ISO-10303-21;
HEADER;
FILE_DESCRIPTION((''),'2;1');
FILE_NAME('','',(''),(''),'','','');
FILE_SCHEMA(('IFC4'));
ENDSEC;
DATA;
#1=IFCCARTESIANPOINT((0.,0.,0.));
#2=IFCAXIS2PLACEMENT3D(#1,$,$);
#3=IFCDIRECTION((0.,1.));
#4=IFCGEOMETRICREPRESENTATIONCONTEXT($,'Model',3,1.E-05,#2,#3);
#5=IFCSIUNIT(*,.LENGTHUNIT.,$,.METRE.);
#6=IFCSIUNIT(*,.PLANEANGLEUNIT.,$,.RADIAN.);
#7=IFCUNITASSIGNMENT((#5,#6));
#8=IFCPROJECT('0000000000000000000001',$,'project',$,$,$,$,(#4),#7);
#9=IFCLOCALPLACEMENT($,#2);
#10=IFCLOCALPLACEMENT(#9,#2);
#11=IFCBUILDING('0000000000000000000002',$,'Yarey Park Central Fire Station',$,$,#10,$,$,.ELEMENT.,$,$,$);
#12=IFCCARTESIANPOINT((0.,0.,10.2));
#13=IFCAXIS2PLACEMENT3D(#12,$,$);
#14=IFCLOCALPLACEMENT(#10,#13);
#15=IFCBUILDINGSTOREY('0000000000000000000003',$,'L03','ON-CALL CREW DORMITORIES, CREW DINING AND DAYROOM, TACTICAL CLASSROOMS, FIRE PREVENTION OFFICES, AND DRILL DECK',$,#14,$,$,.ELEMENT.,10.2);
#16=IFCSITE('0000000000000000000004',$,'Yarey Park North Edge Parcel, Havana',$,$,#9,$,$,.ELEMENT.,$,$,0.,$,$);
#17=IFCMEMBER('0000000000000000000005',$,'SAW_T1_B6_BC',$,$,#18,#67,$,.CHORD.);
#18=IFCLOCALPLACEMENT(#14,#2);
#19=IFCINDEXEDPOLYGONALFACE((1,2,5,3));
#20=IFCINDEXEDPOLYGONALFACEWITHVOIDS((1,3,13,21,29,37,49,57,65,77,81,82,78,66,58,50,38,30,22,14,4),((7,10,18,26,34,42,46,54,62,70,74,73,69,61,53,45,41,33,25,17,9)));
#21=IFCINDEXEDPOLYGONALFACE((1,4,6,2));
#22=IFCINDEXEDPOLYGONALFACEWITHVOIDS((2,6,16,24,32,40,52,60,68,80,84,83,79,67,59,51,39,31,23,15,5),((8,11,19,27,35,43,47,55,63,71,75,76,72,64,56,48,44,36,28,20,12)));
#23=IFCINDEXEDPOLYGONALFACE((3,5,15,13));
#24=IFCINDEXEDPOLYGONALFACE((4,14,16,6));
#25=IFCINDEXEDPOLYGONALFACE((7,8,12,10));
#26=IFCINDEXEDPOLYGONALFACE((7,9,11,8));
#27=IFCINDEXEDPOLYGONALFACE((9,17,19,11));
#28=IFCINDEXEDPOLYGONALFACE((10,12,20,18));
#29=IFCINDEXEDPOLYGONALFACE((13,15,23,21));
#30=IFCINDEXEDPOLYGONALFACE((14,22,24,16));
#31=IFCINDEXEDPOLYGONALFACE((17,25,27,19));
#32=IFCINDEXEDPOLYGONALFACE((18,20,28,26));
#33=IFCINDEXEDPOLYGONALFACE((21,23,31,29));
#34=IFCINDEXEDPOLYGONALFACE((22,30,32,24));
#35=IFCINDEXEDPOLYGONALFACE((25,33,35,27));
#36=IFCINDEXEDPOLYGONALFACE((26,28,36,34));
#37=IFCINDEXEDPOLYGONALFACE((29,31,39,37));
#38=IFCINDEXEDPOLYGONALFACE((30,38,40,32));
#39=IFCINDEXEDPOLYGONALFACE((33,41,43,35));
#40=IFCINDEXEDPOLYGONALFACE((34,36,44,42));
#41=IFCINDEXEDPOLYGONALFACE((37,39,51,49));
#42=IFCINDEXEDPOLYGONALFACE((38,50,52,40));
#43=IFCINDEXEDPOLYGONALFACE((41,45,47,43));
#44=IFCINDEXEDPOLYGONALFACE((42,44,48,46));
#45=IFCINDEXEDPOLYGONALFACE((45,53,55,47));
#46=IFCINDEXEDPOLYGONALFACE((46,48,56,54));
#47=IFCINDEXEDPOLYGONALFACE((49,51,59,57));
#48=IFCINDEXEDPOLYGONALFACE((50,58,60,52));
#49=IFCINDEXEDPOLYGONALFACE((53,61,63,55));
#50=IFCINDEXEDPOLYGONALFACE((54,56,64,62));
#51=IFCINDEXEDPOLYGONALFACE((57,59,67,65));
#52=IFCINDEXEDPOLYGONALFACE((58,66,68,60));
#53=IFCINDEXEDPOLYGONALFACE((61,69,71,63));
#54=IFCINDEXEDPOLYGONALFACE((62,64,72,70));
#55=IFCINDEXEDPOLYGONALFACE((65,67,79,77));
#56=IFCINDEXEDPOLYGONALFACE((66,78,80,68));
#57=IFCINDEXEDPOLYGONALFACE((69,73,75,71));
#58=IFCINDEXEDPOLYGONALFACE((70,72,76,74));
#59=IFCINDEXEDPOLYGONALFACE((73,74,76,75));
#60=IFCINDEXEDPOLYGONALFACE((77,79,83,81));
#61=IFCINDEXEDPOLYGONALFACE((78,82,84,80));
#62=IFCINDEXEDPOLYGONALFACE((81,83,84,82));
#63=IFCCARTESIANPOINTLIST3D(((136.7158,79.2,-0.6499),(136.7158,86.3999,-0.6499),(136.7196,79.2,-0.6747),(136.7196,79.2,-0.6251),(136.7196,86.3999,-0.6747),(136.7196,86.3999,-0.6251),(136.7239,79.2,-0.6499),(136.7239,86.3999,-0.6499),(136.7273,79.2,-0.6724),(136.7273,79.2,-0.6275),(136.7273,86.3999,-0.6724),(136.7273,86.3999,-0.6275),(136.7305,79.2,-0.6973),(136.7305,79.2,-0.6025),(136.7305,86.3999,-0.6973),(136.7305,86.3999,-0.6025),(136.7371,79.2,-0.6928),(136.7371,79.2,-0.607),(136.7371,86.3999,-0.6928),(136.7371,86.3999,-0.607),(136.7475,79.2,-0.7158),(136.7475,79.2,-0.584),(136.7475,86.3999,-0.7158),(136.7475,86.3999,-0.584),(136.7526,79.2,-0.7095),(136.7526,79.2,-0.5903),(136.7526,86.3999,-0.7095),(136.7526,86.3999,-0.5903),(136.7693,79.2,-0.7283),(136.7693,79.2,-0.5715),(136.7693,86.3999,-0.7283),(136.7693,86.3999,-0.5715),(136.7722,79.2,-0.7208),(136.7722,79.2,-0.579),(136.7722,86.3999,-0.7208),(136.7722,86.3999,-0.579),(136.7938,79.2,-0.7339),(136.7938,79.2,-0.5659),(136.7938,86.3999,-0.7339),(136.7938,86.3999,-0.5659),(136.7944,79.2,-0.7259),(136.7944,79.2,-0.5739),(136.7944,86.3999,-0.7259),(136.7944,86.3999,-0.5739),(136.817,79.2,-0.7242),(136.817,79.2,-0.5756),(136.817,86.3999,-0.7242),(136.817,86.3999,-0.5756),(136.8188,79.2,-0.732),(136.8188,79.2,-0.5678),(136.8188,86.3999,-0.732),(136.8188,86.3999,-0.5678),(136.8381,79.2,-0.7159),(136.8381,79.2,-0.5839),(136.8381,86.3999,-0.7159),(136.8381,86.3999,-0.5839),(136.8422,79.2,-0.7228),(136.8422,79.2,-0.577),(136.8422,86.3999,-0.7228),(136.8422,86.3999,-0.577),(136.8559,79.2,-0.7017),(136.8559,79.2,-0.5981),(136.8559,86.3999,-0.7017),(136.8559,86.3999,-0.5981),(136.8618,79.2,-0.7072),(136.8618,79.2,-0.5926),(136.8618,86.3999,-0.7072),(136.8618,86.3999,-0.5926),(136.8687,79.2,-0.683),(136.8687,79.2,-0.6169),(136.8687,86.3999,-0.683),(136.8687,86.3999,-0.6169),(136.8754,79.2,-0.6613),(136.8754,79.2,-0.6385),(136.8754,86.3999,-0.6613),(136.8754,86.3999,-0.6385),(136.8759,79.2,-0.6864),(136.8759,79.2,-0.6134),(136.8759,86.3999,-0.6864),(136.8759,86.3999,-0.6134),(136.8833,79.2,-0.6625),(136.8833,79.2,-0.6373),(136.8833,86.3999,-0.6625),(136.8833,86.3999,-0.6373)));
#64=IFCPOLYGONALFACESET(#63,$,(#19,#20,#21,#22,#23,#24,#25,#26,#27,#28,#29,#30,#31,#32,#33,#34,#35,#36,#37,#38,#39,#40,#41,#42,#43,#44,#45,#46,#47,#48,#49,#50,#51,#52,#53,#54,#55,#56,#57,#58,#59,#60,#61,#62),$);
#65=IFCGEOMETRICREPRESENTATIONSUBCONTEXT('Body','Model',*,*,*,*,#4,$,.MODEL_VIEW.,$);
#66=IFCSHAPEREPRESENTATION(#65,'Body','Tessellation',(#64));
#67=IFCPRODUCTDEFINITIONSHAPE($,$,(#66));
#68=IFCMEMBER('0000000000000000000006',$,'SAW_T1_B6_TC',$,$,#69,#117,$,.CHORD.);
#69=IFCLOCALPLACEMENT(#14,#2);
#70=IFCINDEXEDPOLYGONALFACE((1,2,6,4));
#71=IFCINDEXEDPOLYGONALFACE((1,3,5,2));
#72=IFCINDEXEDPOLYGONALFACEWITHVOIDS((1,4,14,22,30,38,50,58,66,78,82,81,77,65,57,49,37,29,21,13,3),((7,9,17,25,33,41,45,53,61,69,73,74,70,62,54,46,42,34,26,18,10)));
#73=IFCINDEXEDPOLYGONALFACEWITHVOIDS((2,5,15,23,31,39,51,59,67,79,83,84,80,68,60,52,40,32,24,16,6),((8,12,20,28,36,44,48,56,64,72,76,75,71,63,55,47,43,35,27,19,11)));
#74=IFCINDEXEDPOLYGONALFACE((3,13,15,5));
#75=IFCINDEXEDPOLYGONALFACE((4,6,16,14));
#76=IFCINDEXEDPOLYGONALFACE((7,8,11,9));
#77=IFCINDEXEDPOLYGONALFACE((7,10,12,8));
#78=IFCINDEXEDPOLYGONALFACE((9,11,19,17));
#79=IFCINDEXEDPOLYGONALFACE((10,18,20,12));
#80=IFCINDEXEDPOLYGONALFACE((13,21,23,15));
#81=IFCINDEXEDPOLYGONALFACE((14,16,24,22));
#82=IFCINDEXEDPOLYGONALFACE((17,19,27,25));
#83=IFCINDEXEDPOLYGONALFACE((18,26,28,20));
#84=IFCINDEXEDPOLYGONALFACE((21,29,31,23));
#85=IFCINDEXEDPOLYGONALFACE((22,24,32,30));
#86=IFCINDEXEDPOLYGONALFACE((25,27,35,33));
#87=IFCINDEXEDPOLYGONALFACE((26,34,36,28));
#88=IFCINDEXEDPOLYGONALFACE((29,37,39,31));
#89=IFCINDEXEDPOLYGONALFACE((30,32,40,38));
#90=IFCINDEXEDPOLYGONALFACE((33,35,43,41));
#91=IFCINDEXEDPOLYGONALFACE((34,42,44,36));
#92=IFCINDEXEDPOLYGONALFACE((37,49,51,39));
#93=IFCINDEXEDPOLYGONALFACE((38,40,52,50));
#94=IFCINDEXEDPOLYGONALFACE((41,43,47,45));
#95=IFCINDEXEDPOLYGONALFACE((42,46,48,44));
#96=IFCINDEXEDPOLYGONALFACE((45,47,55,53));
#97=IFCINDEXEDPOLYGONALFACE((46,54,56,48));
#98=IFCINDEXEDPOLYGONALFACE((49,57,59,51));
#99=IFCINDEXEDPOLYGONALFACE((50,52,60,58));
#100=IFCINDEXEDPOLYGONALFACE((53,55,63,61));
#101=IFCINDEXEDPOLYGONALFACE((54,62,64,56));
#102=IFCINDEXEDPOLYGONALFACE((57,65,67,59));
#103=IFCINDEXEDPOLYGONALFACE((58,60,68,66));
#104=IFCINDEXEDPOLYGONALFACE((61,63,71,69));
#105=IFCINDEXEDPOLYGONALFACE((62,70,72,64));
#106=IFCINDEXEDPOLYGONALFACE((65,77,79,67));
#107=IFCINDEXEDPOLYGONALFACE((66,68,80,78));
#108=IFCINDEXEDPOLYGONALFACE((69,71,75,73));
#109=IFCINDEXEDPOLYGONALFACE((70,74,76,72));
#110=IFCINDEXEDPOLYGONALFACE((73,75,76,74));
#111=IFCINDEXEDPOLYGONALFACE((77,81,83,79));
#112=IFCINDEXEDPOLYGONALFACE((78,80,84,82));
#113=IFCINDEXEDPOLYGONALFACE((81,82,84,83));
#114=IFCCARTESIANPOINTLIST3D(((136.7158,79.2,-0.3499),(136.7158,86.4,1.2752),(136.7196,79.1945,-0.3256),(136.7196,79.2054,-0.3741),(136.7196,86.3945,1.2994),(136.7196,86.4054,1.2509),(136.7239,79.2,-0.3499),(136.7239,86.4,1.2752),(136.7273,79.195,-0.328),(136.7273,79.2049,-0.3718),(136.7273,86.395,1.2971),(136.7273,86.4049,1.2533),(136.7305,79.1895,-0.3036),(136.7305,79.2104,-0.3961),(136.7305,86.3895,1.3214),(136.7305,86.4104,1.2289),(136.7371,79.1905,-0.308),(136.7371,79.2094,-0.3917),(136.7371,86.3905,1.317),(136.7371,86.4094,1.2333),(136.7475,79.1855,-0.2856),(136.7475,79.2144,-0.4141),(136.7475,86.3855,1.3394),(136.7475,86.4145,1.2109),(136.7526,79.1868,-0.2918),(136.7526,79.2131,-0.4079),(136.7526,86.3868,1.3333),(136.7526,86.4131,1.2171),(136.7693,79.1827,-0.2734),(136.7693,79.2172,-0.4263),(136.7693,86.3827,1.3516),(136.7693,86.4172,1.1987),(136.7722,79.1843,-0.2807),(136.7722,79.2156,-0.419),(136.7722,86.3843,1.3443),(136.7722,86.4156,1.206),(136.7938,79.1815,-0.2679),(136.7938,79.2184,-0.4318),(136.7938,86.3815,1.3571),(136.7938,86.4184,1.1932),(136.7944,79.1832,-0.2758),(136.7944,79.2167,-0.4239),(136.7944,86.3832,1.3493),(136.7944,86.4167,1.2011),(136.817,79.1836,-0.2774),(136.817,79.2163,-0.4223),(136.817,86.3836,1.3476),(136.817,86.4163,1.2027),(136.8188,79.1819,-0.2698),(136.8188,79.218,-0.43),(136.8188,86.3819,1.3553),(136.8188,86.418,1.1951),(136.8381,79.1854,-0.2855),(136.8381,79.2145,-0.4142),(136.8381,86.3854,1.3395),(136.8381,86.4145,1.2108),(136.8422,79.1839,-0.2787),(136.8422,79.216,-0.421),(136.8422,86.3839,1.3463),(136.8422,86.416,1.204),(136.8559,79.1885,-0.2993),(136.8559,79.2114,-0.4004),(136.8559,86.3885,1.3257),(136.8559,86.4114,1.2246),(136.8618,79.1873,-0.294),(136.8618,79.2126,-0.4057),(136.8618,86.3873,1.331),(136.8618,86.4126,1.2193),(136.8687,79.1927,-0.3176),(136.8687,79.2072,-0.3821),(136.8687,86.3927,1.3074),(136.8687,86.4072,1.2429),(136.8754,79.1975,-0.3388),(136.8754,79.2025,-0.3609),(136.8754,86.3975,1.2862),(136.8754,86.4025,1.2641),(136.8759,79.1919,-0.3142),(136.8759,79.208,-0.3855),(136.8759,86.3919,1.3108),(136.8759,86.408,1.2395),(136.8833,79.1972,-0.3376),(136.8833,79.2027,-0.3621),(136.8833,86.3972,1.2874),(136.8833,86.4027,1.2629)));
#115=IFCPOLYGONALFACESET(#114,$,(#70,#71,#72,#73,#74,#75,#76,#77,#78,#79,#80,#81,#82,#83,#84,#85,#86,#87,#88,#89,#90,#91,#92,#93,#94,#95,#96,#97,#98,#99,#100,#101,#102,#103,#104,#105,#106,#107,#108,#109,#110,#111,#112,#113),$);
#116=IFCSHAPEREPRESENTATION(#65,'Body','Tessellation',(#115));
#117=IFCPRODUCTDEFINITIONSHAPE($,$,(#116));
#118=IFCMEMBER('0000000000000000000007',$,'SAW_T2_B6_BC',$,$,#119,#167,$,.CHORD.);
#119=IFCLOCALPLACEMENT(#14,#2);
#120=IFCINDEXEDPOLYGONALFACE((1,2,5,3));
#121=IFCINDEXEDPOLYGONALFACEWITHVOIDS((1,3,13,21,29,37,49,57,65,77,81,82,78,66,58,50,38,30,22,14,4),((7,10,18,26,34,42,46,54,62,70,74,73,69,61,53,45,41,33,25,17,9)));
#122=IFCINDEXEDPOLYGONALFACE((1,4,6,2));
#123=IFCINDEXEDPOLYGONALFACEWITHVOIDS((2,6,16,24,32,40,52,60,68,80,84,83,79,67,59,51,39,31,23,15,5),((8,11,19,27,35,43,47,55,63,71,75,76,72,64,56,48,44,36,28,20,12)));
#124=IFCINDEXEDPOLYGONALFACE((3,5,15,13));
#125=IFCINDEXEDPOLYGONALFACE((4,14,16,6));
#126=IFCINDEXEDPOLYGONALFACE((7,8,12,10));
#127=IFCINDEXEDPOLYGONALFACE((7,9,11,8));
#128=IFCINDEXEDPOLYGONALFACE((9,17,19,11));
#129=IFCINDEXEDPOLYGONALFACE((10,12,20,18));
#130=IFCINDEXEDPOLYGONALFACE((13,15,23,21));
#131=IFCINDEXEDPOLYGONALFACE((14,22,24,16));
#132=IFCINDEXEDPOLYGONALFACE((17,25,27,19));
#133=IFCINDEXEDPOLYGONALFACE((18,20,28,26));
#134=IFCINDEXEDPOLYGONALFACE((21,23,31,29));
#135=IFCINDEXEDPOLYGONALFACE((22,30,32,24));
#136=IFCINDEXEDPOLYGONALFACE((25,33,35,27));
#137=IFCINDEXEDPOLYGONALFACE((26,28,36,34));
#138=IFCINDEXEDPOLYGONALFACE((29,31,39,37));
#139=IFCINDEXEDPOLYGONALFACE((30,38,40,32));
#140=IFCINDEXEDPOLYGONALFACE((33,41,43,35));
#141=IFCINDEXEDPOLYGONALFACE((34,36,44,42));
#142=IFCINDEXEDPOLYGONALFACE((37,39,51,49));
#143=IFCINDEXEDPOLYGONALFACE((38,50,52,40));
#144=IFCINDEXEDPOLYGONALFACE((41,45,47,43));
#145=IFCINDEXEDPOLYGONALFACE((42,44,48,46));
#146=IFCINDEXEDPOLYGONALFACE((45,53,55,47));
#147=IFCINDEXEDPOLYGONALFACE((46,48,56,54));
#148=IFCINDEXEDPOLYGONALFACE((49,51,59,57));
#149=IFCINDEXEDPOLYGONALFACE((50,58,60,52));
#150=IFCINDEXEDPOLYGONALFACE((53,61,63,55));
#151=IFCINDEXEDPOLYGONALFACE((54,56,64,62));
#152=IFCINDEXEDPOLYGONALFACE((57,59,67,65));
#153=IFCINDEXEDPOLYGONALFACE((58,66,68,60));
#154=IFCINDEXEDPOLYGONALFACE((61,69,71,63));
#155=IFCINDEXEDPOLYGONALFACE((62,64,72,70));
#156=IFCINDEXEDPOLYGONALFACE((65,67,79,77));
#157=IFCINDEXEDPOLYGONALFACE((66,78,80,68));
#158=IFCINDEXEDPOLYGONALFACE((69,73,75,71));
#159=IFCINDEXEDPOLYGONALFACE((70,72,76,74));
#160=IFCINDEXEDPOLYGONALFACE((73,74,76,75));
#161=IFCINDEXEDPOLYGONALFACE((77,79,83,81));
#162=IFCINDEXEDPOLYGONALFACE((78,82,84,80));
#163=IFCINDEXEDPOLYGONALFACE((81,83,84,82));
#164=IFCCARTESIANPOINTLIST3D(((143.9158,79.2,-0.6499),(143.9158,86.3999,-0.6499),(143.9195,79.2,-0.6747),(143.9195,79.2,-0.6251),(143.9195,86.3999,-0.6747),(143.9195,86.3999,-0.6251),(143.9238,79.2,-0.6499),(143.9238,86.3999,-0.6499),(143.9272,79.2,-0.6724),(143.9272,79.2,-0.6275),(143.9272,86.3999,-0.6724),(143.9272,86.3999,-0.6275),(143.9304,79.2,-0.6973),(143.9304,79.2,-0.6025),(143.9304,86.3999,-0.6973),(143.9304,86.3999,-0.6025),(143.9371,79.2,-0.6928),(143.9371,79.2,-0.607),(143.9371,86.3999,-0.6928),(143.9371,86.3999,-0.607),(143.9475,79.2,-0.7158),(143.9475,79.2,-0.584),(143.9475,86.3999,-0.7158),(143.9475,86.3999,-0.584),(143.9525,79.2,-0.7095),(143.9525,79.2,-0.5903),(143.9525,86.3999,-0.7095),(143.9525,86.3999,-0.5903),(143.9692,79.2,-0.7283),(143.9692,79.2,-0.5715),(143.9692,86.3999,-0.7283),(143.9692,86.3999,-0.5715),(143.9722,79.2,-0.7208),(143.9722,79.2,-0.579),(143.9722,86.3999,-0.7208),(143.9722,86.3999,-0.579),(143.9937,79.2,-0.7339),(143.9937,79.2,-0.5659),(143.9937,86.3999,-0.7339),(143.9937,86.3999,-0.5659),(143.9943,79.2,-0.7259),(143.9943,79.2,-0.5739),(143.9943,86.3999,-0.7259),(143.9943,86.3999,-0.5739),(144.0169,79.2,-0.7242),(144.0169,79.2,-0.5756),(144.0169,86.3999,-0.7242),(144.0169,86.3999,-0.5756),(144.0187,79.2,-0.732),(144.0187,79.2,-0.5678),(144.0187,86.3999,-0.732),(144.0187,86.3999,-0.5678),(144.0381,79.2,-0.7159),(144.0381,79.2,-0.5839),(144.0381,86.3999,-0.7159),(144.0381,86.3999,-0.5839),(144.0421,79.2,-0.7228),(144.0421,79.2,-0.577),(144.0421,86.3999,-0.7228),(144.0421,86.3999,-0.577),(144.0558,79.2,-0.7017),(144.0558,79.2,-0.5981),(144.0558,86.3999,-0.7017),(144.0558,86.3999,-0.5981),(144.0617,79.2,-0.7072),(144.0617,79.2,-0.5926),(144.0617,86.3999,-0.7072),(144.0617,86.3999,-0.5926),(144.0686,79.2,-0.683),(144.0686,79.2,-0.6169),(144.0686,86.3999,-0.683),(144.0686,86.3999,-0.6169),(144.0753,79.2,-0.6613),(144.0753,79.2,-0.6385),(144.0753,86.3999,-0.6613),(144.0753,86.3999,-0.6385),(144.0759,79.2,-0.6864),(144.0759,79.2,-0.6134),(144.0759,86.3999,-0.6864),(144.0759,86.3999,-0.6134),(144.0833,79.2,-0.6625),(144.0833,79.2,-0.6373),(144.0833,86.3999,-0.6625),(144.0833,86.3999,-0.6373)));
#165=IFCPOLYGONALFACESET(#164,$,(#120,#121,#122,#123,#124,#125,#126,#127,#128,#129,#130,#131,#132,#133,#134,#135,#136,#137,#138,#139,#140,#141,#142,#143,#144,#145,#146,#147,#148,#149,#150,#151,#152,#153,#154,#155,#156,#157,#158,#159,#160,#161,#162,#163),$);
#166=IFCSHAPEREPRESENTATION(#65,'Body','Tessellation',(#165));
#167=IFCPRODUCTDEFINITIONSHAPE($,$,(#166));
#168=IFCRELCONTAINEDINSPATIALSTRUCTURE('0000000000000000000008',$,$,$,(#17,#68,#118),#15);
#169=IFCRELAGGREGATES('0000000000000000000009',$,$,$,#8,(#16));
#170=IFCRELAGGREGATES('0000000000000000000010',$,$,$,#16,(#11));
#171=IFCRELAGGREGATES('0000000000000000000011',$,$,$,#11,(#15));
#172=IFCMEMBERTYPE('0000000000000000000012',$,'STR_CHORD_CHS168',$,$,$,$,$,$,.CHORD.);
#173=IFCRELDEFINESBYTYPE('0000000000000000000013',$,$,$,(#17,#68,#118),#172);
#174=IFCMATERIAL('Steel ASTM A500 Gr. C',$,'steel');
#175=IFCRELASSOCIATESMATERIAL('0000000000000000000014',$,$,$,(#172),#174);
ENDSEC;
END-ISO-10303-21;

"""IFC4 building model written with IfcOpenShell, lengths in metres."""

from ifc_helpers import new_model, si_unit, direction, frame, origin, origin_2d, place, context, subcontext, project, spatial, hollow_circle, extrude, material, material_profile, profile_set, type_object, element, save


model = new_model("IFC4")

# Units and contexts
model_context = context("Model", 3, precision=1e-05, world=origin(), true_north=direction((0.0, 1.0)))
body_context = subcontext(model_context, "Body", "Model", "MODEL_VIEW")
ifc_project = project(units=[si_unit("LENGTHUNIT", "METRE"), si_unit("PLANEANGLEUNIT", "RADIAN")], contexts=[model_context])

# Site, building, storey
site_placement = place(None, origin())
site = spatial("IfcSite", under=ifc_project, at=site_placement, Name="Yarey Park North Edge Parcel, Havana", CompositionType="ELEMENT", RefElevation=0.0)
building_placement = place(site_placement, origin())
building = spatial("IfcBuilding", under=site, at=building_placement, Name="Yarey Park Central Fire Station", CompositionType="ELEMENT")
storey_placement = place(building_placement, frame((0.0, 0.0, 10.2)))
storey = spatial("IfcBuildingStorey", under=building, at=storey_placement, Name="L03", Description="ON-CALL CREW DORMITORIES, CREW DINING AND DAYROOM, TACTICAL CLASSROOMS, FIRE PREVENTION OFFICES, AND DRILL DECK", CompositionType="ELEMENT", Elevation=10.2)

# Members
ifc_material_1 = material(Name="Steel ASTM A500 Gr. C", Category="steel")
ifc_material_profile_1 = material_profile(ifc_material_1, hollow_circle(Radius=0.0842, WallThickness=0.0081, at=origin_2d()), Name="CHS 168.3x8")
ifc_profile_set_1 = profile_set([ifc_material_profile_1], Name="Steel ASTM A500 Gr. C")
member_type_1 = type_object("IfcMemberType", Name="STR_CHORD_CHS168", PredefinedType="CHORD", material=ifc_profile_set_1)
member_1_placement = place(storey_placement, frame((136.8, 79.2, -0.6499), z_axis=(0.0, 1.0, 0.0), x_axis=(-1.0, 0.0, 0.0)))
element("IfcMember", 1, at=member_1_placement, inside=storey, type_object=member_type_1, Name="SAW_T1_B6_BC", PredefinedType="CHORD", context=body_context, shape_type="SweptSolid", body=[
    extrude(hollow_circle(Radius=0.0842, WallThickness=0.0081, at=origin_2d()), origin(), (0.0, 0.0, 1.0), 7.2),
])
member_2_placement = place(storey_placement, frame((136.8, 79.2, -0.3499), z_axis=(0.0, 0.975464, 0.220158), x_axis=(-1.0, 0.0, 0.0)))
element("IfcMember", 2, at=member_2_placement, inside=storey, type_object=member_type_1, Name="SAW_T1_B6_TC", PredefinedType="CHORD", context=body_context, shape_type="SweptSolid", body=[
    extrude(hollow_circle(Radius=0.0842, WallThickness=0.0081, at=origin_2d()), origin(), (0.0, 0.0, 1.0), 7.3811),
])
member_3_placement = place(storey_placement, frame((144.0, 79.2, -0.6499), z_axis=(0.0, 1.0, 0.0), x_axis=(-1.0, 0.0, 0.0)))
element("IfcMember", 3, at=member_3_placement, inside=storey, type_object=member_type_1, Name="SAW_T2_B6_BC", PredefinedType="CHORD", context=body_context, shape_type="SweptSolid", body=[
    extrude(hollow_circle(Radius=0.0842, WallThickness=0.0081, at=origin_2d()), origin(), (0.0, 0.0, 1.0), 7.2),
])

save(model, "model.ifc")
